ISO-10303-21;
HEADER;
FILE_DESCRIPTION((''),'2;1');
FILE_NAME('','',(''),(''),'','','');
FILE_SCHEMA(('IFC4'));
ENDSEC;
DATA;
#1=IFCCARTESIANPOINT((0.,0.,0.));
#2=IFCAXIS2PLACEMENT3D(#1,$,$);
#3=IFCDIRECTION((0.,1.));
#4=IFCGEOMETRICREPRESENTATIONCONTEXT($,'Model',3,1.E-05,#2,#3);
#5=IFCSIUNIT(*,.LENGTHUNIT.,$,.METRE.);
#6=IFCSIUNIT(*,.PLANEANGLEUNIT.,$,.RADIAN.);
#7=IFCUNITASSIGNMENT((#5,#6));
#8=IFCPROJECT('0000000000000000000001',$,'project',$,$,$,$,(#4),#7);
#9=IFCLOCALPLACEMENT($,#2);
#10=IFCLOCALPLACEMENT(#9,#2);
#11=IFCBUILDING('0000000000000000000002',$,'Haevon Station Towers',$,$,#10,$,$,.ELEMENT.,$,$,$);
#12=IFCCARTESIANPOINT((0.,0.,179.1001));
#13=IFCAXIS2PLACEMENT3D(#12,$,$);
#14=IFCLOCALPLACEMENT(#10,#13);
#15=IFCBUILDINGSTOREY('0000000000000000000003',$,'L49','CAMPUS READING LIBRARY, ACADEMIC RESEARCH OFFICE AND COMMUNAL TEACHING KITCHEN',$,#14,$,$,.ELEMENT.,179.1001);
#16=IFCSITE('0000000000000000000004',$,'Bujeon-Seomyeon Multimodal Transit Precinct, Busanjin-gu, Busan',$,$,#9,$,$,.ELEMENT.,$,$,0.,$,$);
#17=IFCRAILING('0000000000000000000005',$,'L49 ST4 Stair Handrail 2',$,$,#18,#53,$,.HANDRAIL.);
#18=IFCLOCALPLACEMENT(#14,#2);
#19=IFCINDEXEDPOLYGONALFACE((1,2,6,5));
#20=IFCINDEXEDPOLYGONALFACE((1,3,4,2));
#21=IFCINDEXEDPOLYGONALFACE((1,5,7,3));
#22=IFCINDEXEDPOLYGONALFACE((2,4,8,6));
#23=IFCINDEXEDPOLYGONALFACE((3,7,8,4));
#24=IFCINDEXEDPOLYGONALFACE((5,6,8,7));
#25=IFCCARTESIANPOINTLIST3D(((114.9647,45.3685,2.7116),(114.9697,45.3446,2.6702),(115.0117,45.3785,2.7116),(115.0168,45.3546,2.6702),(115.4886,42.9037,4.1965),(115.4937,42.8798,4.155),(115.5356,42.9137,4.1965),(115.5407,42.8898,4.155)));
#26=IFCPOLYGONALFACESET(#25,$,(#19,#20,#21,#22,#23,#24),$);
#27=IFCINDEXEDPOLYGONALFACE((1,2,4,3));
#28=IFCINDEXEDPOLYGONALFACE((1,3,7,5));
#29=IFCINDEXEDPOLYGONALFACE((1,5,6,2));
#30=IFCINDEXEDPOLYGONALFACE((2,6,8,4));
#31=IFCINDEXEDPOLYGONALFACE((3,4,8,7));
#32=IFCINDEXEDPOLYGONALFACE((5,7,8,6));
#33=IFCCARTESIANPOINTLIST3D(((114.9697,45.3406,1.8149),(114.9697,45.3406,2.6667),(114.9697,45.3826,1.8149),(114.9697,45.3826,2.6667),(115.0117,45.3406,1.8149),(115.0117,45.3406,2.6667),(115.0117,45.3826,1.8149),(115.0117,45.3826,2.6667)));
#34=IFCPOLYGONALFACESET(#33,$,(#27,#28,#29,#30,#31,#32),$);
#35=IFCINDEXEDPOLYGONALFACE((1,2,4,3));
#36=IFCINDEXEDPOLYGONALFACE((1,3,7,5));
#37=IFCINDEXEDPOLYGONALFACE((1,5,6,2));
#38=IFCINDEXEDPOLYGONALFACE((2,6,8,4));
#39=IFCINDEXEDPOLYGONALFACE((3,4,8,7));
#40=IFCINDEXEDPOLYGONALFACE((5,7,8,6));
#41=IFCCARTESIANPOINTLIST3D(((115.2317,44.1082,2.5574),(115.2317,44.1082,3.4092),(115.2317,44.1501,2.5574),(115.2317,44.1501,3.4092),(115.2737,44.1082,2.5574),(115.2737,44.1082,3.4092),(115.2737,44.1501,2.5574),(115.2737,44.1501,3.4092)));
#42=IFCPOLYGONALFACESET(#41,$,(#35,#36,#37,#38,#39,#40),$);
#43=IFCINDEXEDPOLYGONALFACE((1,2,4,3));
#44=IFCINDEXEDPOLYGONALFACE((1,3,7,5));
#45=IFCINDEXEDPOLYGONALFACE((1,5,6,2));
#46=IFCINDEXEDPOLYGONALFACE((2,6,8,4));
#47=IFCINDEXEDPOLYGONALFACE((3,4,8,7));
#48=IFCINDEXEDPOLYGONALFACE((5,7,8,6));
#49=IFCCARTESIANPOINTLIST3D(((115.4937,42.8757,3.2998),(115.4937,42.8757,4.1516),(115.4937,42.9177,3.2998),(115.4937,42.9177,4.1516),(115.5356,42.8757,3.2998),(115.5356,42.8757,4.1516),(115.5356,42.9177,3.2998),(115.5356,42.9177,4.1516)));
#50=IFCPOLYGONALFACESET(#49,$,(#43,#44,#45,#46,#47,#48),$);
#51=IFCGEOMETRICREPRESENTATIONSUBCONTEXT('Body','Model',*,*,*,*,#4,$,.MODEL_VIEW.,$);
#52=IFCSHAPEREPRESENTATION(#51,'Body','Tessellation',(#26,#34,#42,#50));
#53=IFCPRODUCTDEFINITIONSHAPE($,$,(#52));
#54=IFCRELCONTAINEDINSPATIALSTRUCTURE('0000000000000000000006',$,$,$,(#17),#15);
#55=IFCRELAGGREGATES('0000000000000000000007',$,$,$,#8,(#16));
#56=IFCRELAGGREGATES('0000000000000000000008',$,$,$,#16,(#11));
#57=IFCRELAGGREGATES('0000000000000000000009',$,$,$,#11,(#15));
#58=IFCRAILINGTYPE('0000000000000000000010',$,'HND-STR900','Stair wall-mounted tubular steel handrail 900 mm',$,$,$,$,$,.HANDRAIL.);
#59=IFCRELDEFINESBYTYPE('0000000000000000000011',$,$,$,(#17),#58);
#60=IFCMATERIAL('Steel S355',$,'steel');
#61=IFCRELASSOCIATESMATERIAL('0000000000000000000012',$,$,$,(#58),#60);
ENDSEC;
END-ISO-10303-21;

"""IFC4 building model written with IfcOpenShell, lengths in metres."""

from ifc_helpers import new_model, si_unit, direction, frame, origin, origin_2d, place, context, subcontext, project, spatial, rectangle, extrude, material, type_object, element, save


model = new_model("IFC4")

# Units and contexts
model_context = context("Model", 3, precision=1e-05, world=origin(), true_north=direction((0.0, 1.0)))
body_context = subcontext(model_context, "Body", "Model", "MODEL_VIEW")
ifc_project = project(units=[si_unit("LENGTHUNIT", "METRE"), si_unit("PLANEANGLEUNIT", "RADIAN")], contexts=[model_context])

# Site, building, storey
site_placement = place(None, origin())
site = spatial("IfcSite", under=ifc_project, at=site_placement, Name="Bujeon-Seomyeon Multimodal Transit Precinct, Busanjin-gu, Busan", CompositionType="ELEMENT", RefElevation=0.0)
building_placement = place(site_placement, origin())
building = spatial("IfcBuilding", under=site, at=building_placement, Name="Haevon Station Towers", CompositionType="ELEMENT")
storey_placement = place(building_placement, frame((0.0, 0.0, 179.1001)))
storey = spatial("IfcBuildingStorey", under=building, at=storey_placement, Name="L49", Description="CAMPUS READING LIBRARY, ACADEMIC RESEARCH OFFICE AND COMMUNAL TEACHING KITCHEN", CompositionType="ELEMENT", Elevation=179.1001)

# Shared definitions
ifc_material_1 = material(Name="Steel S355", Category="steel")

# Railing
railing_type_1 = type_object("IfcRailingType", Name="HND-STR900", Description="Stair wall-mounted tubular steel handrail 900 mm", PredefinedType="HANDRAIL", material=ifc_material_1)
railing_1_placement = place(storey_placement, frame((114.9907, 45.3616, 1.8149)))
element("IfcRailing", 1, at=railing_1_placement, inside=storey, type_object=railing_type_1, Name="L49 ST4 Stair Handrail 2", PredefinedType="HANDRAIL", context=body_context, shape_type="SweptSolid", body=[
    extrude(rectangle(XDim=0.0481, YDim=0.0481, at=origin_2d()), frame((0.0, 0.0, 0.876), z_axis=(0.179129, -0.842724, 0.507671), x_axis=(0.978147, 0.207914, 0.0)), (0.0, 0.0, 1.0), 2.9248),
    extrude(rectangle(XDim=0.042, YDim=0.042, at=origin_2d()), origin(), (0.0, 0.0, 1.0), 0.8518),
    extrude(rectangle(XDim=0.042, YDim=0.042, at=origin_2d()), frame((0.262, -1.2324, 0.7424)), (0.0, 0.0, 1.0), 0.8518),
    extrude(rectangle(XDim=0.042, YDim=0.042, at=origin_2d()), frame((0.5239, -2.4648, 1.4849)), (0.0, 0.0, 1.0), 0.8518),
])

save(model, "model.ifc")
